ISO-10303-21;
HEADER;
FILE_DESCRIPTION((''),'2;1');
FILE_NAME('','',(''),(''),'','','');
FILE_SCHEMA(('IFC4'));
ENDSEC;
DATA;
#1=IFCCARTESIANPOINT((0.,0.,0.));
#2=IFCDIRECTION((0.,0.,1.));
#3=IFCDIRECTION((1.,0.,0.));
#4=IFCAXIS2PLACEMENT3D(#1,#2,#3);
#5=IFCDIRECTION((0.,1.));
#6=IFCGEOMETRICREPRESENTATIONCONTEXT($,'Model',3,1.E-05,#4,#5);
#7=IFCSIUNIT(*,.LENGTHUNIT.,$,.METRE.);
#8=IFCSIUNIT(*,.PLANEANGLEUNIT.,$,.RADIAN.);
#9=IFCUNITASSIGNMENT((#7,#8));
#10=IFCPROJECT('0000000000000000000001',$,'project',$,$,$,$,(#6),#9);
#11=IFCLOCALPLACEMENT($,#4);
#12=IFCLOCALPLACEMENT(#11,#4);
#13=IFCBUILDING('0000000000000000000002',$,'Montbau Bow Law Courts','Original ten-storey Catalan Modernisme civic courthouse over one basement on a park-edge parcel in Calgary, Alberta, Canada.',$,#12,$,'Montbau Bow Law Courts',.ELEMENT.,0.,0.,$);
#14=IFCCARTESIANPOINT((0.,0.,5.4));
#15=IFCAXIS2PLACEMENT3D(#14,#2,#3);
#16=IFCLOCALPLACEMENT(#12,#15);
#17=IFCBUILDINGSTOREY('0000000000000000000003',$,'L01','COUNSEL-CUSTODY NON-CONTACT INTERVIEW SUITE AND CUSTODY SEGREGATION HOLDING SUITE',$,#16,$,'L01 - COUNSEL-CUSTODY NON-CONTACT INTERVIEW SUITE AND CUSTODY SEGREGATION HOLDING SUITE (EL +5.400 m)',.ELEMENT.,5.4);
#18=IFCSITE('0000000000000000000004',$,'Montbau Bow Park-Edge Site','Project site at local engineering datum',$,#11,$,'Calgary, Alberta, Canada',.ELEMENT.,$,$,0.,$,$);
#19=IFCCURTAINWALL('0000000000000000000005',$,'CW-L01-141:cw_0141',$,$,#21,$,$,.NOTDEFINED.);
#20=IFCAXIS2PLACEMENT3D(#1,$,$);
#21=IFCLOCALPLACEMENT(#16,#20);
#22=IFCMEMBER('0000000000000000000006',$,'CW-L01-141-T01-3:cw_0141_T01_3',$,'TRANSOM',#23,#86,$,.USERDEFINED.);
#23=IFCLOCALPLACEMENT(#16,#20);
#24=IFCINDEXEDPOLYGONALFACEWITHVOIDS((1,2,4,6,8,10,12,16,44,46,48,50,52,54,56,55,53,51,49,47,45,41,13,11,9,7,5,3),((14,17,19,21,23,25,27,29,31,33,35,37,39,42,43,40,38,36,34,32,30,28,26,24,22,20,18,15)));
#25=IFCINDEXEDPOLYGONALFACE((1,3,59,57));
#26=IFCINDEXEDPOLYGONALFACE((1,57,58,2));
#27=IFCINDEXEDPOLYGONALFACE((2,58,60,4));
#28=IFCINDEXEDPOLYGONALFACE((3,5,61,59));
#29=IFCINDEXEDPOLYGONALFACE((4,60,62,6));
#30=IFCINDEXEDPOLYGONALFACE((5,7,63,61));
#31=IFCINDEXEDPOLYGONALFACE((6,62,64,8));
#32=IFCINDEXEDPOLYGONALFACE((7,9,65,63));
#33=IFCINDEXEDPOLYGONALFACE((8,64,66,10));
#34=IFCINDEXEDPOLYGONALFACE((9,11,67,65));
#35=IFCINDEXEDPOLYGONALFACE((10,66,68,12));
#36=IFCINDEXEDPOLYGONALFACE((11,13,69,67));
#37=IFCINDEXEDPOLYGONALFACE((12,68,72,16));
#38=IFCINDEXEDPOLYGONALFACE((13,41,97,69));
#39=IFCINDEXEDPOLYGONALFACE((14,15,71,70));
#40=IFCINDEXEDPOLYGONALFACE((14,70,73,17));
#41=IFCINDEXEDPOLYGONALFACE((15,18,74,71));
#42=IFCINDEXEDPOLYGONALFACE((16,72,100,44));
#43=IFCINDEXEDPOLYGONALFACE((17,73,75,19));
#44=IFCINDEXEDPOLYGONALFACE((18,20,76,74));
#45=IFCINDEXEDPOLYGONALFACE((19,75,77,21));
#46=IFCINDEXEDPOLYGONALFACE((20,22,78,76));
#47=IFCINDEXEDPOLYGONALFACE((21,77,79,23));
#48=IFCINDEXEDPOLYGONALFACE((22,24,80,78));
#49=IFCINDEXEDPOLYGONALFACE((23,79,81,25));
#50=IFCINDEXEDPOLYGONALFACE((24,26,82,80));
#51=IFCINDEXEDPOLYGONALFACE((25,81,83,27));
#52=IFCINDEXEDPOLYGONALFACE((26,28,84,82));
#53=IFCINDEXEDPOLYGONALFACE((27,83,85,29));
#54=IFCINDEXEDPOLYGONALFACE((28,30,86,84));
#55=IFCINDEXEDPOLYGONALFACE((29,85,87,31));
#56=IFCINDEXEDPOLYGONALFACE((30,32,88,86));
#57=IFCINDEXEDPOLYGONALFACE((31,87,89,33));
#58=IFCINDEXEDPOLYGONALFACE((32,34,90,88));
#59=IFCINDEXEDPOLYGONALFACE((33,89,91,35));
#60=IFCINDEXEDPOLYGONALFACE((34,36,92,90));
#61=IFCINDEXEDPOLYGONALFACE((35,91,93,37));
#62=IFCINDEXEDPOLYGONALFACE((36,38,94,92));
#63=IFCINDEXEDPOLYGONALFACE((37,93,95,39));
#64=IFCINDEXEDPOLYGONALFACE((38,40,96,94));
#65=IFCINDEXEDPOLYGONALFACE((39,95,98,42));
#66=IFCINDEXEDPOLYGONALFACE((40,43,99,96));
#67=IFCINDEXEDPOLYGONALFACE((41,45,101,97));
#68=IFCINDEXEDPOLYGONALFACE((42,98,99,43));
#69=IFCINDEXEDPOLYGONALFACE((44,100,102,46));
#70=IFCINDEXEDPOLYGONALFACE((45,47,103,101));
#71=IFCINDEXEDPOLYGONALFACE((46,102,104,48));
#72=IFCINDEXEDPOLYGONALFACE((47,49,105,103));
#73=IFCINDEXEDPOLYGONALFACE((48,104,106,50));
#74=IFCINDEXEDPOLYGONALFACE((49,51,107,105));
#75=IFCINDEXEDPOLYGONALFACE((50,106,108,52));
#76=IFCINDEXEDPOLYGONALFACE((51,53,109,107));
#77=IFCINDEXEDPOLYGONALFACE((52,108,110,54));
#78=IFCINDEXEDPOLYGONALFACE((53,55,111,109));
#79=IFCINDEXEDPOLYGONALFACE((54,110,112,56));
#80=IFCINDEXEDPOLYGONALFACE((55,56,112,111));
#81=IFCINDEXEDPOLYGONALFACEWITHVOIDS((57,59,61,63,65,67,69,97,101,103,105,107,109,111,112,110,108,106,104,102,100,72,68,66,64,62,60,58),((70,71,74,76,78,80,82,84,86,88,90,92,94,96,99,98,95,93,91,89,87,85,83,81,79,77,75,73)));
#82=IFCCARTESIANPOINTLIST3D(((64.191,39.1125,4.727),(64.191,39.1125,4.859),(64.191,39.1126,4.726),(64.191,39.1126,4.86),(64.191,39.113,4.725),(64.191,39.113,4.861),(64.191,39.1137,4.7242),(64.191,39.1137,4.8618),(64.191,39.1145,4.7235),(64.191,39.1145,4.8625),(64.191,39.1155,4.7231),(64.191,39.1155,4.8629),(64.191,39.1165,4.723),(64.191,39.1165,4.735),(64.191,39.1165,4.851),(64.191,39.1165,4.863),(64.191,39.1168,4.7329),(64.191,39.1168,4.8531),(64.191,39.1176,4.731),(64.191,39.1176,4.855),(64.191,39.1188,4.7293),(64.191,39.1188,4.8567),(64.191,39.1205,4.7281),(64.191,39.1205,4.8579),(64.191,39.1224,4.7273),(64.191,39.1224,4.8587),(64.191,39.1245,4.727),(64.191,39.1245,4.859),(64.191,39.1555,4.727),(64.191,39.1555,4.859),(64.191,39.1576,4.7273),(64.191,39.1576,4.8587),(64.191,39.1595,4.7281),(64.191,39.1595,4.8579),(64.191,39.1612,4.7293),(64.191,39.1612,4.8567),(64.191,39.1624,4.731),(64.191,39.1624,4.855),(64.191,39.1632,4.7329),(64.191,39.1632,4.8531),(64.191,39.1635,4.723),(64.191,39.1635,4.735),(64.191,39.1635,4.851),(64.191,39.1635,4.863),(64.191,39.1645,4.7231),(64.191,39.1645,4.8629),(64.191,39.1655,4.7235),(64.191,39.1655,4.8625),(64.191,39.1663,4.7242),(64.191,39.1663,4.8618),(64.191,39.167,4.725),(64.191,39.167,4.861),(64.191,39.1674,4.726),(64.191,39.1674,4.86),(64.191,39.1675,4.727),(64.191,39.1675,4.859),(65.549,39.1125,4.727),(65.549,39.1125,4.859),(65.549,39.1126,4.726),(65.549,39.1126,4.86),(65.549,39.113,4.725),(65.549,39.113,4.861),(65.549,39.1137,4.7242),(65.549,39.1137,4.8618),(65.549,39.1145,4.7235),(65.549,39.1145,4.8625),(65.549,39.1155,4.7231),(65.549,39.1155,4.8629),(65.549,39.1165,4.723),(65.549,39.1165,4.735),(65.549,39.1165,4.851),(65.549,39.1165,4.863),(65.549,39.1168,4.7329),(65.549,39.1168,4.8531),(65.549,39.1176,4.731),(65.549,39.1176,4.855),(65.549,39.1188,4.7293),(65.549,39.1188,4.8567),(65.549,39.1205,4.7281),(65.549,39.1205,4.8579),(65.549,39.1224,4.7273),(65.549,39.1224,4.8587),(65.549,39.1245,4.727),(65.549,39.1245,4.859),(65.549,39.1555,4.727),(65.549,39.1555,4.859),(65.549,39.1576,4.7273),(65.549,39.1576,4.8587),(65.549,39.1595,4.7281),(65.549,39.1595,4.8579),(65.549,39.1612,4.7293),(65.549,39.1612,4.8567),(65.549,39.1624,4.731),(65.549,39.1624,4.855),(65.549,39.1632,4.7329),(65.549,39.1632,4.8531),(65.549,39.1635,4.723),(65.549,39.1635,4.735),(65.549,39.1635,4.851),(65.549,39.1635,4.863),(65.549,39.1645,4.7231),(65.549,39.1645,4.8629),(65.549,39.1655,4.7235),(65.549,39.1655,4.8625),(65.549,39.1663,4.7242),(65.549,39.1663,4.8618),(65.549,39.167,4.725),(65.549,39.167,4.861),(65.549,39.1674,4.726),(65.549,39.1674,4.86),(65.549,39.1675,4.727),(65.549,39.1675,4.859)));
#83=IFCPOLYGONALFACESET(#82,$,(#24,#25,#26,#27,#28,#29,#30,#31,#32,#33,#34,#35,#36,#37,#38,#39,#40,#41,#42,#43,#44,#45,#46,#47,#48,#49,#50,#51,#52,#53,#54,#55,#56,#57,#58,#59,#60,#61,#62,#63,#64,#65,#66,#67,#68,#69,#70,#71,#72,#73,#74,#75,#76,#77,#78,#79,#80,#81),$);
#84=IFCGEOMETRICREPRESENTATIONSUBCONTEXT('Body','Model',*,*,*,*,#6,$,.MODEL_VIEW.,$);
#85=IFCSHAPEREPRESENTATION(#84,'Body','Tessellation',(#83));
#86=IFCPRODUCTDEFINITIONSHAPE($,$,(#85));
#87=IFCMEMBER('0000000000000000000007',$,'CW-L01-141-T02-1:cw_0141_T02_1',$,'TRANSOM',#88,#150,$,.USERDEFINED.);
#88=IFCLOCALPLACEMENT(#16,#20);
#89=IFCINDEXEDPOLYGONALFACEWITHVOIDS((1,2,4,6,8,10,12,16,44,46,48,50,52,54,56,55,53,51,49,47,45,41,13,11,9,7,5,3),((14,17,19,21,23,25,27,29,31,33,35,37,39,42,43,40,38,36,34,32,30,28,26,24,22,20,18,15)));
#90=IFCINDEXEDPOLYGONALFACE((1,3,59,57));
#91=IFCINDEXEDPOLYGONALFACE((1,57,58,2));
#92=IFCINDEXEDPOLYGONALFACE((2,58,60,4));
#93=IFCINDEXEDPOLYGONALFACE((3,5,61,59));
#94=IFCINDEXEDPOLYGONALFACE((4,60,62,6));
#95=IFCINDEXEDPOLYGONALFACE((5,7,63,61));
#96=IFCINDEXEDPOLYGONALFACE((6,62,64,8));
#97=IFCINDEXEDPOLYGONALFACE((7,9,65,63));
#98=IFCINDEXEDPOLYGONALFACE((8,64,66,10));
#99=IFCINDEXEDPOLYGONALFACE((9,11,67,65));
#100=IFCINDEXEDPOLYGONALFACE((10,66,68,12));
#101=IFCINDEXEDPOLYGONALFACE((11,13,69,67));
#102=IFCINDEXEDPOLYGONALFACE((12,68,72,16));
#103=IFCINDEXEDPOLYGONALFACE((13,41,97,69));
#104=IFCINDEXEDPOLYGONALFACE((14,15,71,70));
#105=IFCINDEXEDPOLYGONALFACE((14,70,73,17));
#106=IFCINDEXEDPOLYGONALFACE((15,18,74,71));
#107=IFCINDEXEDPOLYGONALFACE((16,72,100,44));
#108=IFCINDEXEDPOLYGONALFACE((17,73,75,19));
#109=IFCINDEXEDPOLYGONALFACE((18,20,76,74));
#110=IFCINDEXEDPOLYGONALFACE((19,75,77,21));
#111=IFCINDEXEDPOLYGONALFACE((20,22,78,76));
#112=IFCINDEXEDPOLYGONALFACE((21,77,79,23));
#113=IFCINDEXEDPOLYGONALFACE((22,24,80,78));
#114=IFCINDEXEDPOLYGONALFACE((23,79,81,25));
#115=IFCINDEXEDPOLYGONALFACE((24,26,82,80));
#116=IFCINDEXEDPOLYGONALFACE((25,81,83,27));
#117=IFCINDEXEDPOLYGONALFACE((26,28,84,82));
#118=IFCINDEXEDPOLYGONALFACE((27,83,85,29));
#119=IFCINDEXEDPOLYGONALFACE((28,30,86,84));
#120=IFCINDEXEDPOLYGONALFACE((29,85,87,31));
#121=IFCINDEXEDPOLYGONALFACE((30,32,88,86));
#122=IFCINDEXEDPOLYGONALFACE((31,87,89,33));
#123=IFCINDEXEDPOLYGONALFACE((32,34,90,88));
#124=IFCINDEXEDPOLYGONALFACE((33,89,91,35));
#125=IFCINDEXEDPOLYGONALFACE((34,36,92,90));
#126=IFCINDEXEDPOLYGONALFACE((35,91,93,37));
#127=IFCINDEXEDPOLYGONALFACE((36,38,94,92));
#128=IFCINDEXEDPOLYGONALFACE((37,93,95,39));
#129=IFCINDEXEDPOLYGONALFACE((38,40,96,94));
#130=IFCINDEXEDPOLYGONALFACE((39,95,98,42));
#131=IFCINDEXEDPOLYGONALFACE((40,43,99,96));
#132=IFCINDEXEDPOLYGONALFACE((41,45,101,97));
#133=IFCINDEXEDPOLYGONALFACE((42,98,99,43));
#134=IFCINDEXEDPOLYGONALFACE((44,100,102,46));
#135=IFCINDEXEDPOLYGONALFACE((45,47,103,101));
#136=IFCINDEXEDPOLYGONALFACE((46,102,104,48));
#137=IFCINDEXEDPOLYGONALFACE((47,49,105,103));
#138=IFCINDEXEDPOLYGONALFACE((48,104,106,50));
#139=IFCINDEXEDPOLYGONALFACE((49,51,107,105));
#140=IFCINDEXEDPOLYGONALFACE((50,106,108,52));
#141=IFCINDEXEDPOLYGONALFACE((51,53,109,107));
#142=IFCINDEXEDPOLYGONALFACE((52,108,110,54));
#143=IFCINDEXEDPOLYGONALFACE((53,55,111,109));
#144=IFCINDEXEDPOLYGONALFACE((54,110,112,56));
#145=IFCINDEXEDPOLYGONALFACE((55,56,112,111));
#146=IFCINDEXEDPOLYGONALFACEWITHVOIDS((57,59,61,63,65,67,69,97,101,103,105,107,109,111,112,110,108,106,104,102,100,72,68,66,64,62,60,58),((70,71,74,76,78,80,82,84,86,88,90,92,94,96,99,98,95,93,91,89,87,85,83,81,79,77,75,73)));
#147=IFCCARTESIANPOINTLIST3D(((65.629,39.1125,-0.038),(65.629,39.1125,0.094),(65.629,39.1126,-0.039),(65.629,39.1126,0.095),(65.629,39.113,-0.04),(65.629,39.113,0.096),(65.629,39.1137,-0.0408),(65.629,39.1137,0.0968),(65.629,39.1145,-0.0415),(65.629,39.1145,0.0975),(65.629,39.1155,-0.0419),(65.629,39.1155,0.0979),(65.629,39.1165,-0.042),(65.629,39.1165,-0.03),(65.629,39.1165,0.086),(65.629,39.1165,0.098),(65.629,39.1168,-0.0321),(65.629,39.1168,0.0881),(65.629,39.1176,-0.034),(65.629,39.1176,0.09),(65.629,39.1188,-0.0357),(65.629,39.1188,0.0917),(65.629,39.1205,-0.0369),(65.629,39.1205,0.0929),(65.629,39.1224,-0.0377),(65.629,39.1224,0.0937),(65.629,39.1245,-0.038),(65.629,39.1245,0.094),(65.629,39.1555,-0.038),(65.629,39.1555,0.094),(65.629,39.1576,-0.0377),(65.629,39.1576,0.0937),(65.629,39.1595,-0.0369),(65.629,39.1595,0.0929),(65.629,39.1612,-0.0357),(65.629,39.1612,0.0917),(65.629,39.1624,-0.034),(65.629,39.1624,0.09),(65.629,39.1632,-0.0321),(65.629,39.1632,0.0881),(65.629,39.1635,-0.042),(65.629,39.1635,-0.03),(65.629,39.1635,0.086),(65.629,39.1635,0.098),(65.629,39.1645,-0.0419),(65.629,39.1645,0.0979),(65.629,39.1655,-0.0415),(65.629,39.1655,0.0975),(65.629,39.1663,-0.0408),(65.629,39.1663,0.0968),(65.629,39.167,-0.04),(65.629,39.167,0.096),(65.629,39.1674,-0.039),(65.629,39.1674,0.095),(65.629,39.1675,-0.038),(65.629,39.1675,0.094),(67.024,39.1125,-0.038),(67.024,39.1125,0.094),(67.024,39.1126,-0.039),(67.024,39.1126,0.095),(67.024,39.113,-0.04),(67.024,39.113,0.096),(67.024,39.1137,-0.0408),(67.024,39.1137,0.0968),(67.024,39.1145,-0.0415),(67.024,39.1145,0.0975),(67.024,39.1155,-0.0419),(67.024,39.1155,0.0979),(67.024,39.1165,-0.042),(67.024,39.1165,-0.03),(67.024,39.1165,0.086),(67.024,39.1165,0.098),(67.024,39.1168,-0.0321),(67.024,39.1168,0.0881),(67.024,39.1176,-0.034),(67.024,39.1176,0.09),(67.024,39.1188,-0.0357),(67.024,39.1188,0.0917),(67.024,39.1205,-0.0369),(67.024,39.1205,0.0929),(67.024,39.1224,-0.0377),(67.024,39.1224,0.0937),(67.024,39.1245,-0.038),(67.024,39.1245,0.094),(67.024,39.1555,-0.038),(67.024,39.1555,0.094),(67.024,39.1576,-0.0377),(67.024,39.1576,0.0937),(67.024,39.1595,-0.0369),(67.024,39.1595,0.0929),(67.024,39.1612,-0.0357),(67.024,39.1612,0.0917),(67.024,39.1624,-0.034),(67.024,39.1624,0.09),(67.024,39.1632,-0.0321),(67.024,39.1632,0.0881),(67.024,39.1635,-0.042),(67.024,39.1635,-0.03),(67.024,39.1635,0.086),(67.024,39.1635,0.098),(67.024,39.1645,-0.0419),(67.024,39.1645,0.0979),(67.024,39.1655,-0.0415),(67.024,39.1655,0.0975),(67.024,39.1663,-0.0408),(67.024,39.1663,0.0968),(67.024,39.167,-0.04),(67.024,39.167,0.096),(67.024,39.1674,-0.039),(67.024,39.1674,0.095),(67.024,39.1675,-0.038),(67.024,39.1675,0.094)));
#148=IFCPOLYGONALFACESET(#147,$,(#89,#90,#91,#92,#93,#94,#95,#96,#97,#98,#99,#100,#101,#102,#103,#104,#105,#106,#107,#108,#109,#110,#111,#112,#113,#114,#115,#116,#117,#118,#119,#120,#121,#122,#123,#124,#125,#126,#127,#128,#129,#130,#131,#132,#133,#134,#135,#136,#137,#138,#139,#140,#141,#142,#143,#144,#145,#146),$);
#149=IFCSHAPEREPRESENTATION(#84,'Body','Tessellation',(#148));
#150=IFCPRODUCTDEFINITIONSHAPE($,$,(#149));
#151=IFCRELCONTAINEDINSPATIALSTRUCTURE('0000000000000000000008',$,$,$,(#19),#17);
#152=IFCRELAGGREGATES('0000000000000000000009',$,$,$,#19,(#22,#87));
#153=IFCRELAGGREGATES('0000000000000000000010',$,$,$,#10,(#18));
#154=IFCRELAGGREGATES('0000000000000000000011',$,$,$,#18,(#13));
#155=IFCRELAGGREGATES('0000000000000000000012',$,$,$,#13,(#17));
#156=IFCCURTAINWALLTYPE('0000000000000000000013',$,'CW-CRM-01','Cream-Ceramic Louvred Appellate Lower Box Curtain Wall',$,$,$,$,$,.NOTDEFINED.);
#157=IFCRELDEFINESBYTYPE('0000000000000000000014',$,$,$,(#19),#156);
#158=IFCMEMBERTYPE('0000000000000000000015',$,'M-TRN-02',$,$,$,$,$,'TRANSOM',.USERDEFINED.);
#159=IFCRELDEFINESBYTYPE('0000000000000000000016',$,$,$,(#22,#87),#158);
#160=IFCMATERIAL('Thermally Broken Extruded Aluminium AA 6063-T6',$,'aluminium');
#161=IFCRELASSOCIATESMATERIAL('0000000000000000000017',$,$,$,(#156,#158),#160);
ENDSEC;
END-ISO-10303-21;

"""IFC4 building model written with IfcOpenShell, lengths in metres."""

from ifc_helpers import new_model, si_unit, direction, frame, origin_with_axes, origin_2d_with_axis, place, context, subcontext, project, spatial, hollow_rectangle, extrude, material, material_profile, profile_set, type_object, element, aggregate, save


model = new_model("IFC4")

# Units and contexts
model_context = context("Model", 3, precision=1e-05, world=origin_with_axes(), true_north=direction((0.0, 1.0)))
body_context = subcontext(model_context, "Body", "Model", "MODEL_VIEW")
ifc_project = project(units=[si_unit("LENGTHUNIT", "METRE"), si_unit("PLANEANGLEUNIT", "RADIAN")], contexts=[model_context])

# Site, building, storey
site_placement = place(None, origin_with_axes())
site = spatial("IfcSite", under=ifc_project, at=site_placement, Name="Montbau Bow Park-Edge Site", Description="Project site at local engineering datum", LongName="Calgary, Alberta, Canada", CompositionType="ELEMENT", RefElevation=0.0)
building_placement = place(site_placement, origin_with_axes())
building = spatial("IfcBuilding", under=site, at=building_placement, Name="Montbau Bow Law Courts", Description="Original ten-storey Catalan Modernisme civic courthouse over one basement on a park-edge parcel in Calgary, Alberta, Canada.", LongName="Montbau Bow Law Courts", CompositionType="ELEMENT", ElevationOfRefHeight=0.0, ElevationOfTerrain=0.0)
storey_placement = place(building_placement, frame((0.0, 0.0, 5.4), z_axis=(0.0, 0.0, 1.0), x_axis=(1.0, 0.0, 0.0)))
storey = spatial("IfcBuildingStorey", under=building, at=storey_placement, Name="L01", Description="COUNSEL-CUSTODY NON-CONTACT INTERVIEW SUITE AND CUSTODY SEGREGATION HOLDING SUITE", LongName="L01 - COUNSEL-CUSTODY NON-CONTACT INTERVIEW SUITE AND CUSTODY SEGREGATION HOLDING SUITE (EL +5.400 m)", CompositionType="ELEMENT", Elevation=5.4)

# Curtain wall, members
ifc_material_1 = material(Name="Thermally Broken Extruded Aluminium AA 6063-T6", Category="aluminium")
curtain_wall_type = type_object("IfcCurtainWallType", Name="CW-CRM-01", Description="Cream-Ceramic Louvred Appellate Lower Box Curtain Wall", PredefinedType="NOTDEFINED", material=ifc_material_1)
curtain_wall_placement = place(None, frame((64.115, 39.14, 5.4), z_axis=(0.0, 0.0, 1.0), x_axis=(1.0, 0.0, 0.0)))
curtain_wall = element("IfcCurtainWall", 1, at=curtain_wall_placement, inside=storey, type_object=curtain_wall_type, Name="CW-L01-141:cw_0141", PredefinedType="NOTDEFINED")
ifc_material_profile_1 = material_profile(ifc_material_1, hollow_rectangle(XDim=0.055, YDim=0.14, WallThickness=0.004, InnerFilletRadius=0.008, OuterFilletRadius=0.004, at=origin_2d_with_axis()), Name="CWT-140X55", Category="Main", Priority=0)
ifc_profile_set_1 = profile_set([ifc_material_profile_1], Name="Thermally Broken Extruded Aluminium AA 6063-T6")
member_type_1 = type_object("IfcMemberType", Name="M-TRN-02", ElementType="TRANSOM", PredefinedType="USERDEFINED", material=ifc_profile_set_1)
member_1_placement = place(None, frame((64.191, 39.14, 10.193), z_axis=(1.0, 0.0, 0.0), x_axis=(0.0, 1.0, 0.0)))
member_1 = element("IfcMember", 2, at=member_1_placement, type_object=member_type_1, Name="CW-L01-141-T01-3:cw_0141_T01_3", ObjectType="TRANSOM", PredefinedType="USERDEFINED", context=body_context, shape_type="SweptSolid", body=[
    extrude(hollow_rectangle(XDim=0.055, YDim=0.14, WallThickness=0.004, InnerFilletRadius=0.008, OuterFilletRadius=0.004, at=origin_2d_with_axis()), origin_with_axes(), (0.0, 0.0, 1.0), 1.358),
])
member_2_placement = place(None, frame((65.629, 39.14, 5.428), z_axis=(1.0, 0.0, 0.0), x_axis=(0.0, 1.0, 0.0)))
member_2 = element("IfcMember", 3, at=member_2_placement, type_object=member_type_1, Name="CW-L01-141-T02-1:cw_0141_T02_1", ObjectType="TRANSOM", PredefinedType="USERDEFINED", context=body_context, shape_type="SweptSolid", body=[
    extrude(hollow_rectangle(XDim=0.055, YDim=0.14, WallThickness=0.004, InnerFilletRadius=0.008, OuterFilletRadius=0.004, at=origin_2d_with_axis()), origin_with_axes(), (0.0, 0.0, 1.0), 1.395),
])
aggregate(curtain_wall, [member_1, member_2])

save(model, "model.ifc")
